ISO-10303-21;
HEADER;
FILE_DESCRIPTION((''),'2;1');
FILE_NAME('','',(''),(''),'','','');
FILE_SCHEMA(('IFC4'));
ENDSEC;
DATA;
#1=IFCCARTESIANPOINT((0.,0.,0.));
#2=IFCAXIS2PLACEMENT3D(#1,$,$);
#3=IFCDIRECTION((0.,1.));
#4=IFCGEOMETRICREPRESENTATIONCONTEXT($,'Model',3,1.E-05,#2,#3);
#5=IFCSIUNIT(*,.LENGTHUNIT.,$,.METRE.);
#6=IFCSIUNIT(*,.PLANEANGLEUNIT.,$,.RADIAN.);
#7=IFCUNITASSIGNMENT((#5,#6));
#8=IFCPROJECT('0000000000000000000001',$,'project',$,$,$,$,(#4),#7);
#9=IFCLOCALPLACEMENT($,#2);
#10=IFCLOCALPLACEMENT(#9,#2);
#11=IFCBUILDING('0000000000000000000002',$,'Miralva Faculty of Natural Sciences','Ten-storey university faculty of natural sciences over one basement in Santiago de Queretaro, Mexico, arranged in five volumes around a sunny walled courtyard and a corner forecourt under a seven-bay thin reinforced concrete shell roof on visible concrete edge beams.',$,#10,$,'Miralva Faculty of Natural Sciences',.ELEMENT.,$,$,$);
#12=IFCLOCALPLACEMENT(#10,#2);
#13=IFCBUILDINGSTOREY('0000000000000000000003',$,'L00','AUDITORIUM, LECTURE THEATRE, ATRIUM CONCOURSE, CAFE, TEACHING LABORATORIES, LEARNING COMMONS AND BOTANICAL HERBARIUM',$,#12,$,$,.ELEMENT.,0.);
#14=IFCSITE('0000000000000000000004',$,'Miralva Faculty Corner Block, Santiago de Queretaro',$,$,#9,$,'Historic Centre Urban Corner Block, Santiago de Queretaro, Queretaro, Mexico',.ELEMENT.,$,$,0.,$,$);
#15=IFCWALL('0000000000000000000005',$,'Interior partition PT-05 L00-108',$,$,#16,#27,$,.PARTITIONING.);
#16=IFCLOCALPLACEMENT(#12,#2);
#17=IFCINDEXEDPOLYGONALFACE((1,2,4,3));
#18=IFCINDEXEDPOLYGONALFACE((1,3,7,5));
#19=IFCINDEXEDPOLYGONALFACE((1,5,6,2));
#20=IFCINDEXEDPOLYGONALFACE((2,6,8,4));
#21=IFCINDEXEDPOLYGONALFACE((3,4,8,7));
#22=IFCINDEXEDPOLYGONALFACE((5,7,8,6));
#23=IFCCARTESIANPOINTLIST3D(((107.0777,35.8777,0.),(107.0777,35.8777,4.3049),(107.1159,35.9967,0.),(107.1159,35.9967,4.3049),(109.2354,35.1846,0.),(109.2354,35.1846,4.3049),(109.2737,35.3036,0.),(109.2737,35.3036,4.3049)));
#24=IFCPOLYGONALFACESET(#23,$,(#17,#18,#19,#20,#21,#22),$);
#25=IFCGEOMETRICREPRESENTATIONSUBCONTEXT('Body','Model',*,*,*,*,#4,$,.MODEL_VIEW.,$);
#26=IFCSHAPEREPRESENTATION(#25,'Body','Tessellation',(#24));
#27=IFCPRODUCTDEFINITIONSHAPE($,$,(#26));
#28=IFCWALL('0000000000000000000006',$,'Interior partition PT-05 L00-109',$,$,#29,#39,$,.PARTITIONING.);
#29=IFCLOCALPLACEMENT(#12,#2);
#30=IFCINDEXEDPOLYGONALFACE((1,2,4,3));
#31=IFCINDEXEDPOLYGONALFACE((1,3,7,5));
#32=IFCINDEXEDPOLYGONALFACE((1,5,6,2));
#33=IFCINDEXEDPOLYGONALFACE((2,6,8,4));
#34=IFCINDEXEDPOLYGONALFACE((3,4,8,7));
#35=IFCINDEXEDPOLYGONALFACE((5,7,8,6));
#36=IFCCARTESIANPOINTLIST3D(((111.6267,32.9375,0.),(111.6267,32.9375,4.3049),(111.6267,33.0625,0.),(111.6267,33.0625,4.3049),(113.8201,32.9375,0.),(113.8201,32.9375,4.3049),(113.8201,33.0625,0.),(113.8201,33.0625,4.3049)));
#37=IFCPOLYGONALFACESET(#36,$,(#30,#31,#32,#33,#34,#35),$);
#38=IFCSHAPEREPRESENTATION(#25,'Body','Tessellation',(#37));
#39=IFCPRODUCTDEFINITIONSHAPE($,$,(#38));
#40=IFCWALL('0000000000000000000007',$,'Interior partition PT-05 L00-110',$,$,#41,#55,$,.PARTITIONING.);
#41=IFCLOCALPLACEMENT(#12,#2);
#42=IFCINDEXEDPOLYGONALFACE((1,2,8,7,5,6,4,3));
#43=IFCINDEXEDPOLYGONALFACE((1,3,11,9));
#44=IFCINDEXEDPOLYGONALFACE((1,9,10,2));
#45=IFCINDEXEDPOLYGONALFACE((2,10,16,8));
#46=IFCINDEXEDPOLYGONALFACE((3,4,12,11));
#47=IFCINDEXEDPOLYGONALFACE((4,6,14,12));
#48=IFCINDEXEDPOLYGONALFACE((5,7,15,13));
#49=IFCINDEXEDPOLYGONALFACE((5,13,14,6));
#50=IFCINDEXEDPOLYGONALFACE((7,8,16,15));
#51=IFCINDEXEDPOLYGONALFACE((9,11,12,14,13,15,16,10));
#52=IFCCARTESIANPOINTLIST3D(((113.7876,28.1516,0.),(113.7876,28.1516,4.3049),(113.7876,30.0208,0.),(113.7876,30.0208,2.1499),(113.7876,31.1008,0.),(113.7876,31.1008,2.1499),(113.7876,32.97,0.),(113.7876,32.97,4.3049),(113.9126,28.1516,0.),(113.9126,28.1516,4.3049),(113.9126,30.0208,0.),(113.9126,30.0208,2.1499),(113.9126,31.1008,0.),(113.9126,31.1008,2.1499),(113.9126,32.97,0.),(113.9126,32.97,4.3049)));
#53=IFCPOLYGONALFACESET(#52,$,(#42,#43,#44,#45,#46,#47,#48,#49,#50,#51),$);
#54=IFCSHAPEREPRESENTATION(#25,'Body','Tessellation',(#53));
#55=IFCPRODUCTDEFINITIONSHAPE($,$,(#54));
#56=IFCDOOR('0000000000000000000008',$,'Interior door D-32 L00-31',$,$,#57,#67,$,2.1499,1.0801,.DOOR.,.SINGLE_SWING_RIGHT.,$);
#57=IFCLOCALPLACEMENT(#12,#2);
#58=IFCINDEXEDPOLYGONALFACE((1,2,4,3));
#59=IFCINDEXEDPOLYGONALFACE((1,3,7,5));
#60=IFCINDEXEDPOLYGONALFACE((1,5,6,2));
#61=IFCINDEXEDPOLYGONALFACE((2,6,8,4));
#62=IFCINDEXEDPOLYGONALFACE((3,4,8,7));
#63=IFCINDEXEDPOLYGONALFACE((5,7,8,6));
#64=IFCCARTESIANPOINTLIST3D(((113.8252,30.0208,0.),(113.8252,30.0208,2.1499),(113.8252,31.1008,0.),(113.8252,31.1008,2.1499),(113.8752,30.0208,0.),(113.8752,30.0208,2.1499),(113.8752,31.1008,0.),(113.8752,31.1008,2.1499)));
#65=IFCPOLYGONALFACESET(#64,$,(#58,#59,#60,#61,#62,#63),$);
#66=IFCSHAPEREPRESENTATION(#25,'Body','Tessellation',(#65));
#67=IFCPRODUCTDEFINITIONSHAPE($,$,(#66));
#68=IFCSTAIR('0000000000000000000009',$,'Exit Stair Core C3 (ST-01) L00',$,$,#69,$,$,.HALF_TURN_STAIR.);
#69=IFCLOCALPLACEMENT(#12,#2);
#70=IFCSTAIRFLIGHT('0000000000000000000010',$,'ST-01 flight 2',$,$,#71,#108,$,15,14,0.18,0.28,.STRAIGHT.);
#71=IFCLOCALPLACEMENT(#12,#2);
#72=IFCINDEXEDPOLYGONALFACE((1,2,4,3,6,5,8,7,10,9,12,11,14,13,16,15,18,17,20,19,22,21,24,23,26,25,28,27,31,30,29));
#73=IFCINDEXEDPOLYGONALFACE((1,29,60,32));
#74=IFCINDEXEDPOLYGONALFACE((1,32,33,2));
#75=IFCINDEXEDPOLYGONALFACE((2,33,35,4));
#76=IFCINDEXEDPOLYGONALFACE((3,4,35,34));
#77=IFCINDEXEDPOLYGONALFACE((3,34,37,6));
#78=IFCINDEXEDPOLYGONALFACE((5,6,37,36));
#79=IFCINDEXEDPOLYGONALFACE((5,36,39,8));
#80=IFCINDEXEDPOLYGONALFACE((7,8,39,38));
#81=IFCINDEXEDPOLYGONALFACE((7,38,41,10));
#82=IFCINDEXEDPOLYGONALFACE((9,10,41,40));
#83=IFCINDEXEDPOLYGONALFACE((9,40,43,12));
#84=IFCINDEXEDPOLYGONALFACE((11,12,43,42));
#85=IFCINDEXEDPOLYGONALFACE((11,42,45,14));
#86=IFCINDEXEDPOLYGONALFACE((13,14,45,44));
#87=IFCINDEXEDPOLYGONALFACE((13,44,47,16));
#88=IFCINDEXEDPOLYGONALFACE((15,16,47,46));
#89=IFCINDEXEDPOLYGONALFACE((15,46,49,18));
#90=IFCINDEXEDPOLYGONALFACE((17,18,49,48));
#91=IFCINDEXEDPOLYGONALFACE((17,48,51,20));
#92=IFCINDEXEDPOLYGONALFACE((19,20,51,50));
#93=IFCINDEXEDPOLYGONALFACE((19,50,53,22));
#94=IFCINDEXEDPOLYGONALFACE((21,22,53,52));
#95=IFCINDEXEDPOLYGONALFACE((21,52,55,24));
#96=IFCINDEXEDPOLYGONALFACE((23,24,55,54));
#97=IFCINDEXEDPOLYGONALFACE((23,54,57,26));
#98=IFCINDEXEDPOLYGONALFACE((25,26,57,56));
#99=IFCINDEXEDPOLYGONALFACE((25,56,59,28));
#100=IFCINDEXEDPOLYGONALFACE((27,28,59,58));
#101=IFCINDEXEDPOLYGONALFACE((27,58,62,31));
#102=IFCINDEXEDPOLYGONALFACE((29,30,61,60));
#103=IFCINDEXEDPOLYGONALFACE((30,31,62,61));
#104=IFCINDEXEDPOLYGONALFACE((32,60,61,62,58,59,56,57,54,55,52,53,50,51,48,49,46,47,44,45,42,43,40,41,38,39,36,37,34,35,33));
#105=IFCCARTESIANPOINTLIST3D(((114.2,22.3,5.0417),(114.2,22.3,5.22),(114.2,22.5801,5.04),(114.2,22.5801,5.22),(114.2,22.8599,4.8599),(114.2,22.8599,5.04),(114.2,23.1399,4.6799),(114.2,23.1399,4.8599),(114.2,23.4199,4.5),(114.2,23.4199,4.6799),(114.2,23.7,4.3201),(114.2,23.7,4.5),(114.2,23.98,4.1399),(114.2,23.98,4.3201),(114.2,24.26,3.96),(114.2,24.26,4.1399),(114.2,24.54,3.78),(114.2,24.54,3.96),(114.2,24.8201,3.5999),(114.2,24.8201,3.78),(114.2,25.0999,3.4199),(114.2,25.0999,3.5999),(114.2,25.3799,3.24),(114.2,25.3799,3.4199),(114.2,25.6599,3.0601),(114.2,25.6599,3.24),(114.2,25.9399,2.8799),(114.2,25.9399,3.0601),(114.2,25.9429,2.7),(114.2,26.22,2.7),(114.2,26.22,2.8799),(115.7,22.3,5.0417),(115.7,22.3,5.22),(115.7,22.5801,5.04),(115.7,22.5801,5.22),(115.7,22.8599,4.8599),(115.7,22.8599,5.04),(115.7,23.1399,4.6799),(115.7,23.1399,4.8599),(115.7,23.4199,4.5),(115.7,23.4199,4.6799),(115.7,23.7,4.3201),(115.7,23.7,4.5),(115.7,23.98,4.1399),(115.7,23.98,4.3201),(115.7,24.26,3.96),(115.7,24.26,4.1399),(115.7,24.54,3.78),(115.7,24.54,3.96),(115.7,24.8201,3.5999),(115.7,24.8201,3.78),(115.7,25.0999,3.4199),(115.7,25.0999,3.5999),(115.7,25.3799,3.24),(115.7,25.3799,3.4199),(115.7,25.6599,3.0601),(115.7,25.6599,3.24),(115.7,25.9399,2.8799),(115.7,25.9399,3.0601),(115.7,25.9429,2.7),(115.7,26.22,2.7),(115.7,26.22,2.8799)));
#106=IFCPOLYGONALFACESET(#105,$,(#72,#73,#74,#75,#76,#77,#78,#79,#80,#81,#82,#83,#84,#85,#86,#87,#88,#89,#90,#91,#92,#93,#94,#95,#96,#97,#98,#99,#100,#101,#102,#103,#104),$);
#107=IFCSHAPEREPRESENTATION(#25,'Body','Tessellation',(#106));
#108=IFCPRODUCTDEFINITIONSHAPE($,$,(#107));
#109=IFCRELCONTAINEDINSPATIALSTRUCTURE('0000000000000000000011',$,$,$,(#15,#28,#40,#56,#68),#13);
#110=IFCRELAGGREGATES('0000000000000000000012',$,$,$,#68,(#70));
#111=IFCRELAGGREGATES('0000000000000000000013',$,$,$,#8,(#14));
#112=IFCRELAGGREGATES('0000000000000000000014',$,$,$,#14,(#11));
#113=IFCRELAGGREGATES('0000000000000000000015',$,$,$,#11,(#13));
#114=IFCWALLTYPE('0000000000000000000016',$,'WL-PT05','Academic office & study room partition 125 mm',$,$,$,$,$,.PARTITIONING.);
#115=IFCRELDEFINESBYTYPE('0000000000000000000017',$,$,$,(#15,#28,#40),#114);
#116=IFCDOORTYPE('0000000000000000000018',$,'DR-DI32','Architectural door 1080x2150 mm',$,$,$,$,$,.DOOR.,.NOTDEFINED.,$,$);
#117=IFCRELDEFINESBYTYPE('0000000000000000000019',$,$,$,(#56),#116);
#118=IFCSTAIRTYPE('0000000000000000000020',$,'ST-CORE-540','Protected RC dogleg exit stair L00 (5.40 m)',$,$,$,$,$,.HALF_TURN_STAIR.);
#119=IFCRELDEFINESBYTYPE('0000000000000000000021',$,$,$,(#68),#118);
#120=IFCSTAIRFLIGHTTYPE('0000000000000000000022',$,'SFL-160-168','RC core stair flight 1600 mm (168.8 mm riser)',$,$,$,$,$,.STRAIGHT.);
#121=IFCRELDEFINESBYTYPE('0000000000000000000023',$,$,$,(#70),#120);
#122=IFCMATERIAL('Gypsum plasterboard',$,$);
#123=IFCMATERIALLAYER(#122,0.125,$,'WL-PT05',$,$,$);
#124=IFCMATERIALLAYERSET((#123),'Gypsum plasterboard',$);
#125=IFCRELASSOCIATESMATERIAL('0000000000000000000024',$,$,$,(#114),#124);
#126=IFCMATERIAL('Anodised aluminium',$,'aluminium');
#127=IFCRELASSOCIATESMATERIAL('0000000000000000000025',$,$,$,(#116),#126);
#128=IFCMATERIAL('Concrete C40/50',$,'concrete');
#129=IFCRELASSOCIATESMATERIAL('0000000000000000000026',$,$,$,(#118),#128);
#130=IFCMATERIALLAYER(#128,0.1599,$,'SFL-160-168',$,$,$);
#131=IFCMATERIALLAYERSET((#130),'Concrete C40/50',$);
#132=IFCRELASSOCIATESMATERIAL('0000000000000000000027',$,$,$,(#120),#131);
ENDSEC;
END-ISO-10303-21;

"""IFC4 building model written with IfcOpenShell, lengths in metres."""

from ifc_helpers import new_model, si_unit, direction, frame, frame_2d, origin, place, context, subcontext, project, spatial, polyline, rectangle, outline, extrude, material, layer, layer_set, type_object, element, fill, aggregate, save


model = new_model("IFC4")

# Units and contexts
model_context = context("Model", 3, precision=1e-05, world=origin(), true_north=direction((0.0, 1.0)))
body_context = subcontext(model_context, "Body", "Model", "MODEL_VIEW")
ifc_project = project(units=[si_unit("LENGTHUNIT", "METRE"), si_unit("PLANEANGLEUNIT", "RADIAN")], contexts=[model_context])

# Site, building, storey
site_placement = place(None, origin())
site = spatial("IfcSite", under=ifc_project, at=site_placement, Name="Miralva Faculty Corner Block, Santiago de Queretaro", LongName="Historic Centre Urban Corner Block, Santiago de Queretaro, Queretaro, Mexico", CompositionType="ELEMENT", RefElevation=0.0)
building_placement = place(site_placement, origin())
building = spatial("IfcBuilding", under=site, at=building_placement, Name="Miralva Faculty of Natural Sciences", Description="Ten-storey university faculty of natural sciences over one basement in Santiago de Queretaro, Mexico, arranged in five volumes around a sunny walled courtyard and a corner forecourt under a seven-bay thin reinforced concrete shell roof on visible concrete edge beams.", LongName="Miralva Faculty of Natural Sciences", CompositionType="ELEMENT")
storey_placement = place(building_placement, origin())
storey = spatial("IfcBuildingStorey", under=building, at=storey_placement, Name="L00", Description="AUDITORIUM, LECTURE THEATRE, ATRIUM CONCOURSE, CAFE, TEACHING LABORATORIES, LEARNING COMMONS AND BOTANICAL HERBARIUM", CompositionType="ELEMENT", Elevation=0.0)

# Shared definitions
ifc_material_1 = material(Name="Concrete C40/50", Category="concrete")

# Shared definitions
ifc_material_2 = material(Name="Anodised aluminium", Category="aluminium")

# Walls
ifc_material_3 = material(Name="Gypsum plasterboard")
ifc_layer_1 = layer(ifc_material_3, 0.125, Name="WL-PT05")
ifc_layer_set_1 = layer_set([ifc_layer_1], Name="Gypsum plasterboard")
wall_type_1 = type_object("IfcWallType", Name="WL-PT05", Description="Academic office & study room partition 125 mm", PredefinedType="PARTITIONING", material=ifc_layer_set_1)
wall_1_placement = place(storey_placement, frame((107.0967, 35.9373, 0.0), z_axis=(0.0, 0.0, 1.0), x_axis=(0.952085, -0.305835, 0.0)))
element("IfcWall", 1, at=wall_1_placement, inside=storey, type_object=wall_type_1, Name="Interior partition PT-05 L00-108", PredefinedType="PARTITIONING", context=body_context, shape_type="SweptSolid", body=[
    extrude(rectangle(XDim=2.2664, YDim=0.125, at=frame_2d((1.1333, 0.0))), origin(), (0.0, 0.0, 1.0), 4.3049),
])
wall_2_placement = place(storey_placement, frame((111.6267, 33.0, 0.0), z_axis=(0.0, 0.0, 1.0), x_axis=(1.0, 0.0, 0.0)))
element("IfcWall", 2, at=wall_2_placement, inside=storey, type_object=wall_type_1, Name="Interior partition PT-05 L00-109", PredefinedType="PARTITIONING", context=body_context, shape_type="SweptSolid", body=[
    extrude(rectangle(XDim=2.1934, YDim=0.125, at=frame_2d((1.0967, 0.0))), origin(), (0.0, 0.0, 1.0), 4.3049),
])

# Wall, opening, door
wall_3_placement = place(storey_placement, frame((113.8501, 28.1516, 0.0), z_axis=(0.0, 0.0, 1.0), x_axis=(0.0, 1.0, 0.0)))
wall_3 = element("IfcWall", 3, at=wall_3_placement, inside=storey, type_object=wall_type_1, Name="Interior partition PT-05 L00-110", PredefinedType="PARTITIONING", context=body_context, shape_type="SweptSolid", body=[
    extrude(rectangle(XDim=4.8184, YDim=0.125, at=frame_2d((2.4092, 0.0))), origin(), (0.0, 0.0, 1.0), 4.3049),
])
opening_1_placement = place(wall_3_placement, frame((1.8691, 0.0, 0.0)))
opening_1 = element("IfcOpeningElement", 4, at=opening_1_placement, cuts=wall_3, PredefinedType="OPENING", context=body_context, shape_type="SweptSolid", body=[
    extrude(rectangle(XDim=1.0801, YDim=2.1499, at=frame_2d((0.54, 1.075))), frame((0.0, 0.0725, 0.0), z_axis=(0.0, -1.0, 0.0), x_axis=(1.0, 0.0, 0.0)), (0.0, 0.0, 1.0), 0.145),
])
door_type_1 = type_object("IfcDoorType", Name="DR-DI32", Description="Architectural door 1080x2150 mm", OperationType="NOTDEFINED", PredefinedType="DOOR", material=ifc_material_2)
door_1_placement = place(opening_1_placement, origin())
door_1 = element("IfcDoor", 5, at=door_1_placement, inside=storey, type_object=door_type_1, Name="Interior door D-32 L00-31", OperationType="SINGLE_SWING_RIGHT", OverallHeight=2.1499, OverallWidth=1.0801, PredefinedType="DOOR", context=body_context, shape_type="SweptSolid", body=[
    extrude(rectangle(XDim=1.0801, YDim=2.1499, at=frame_2d((0.54, 1.075))), frame((0.0, 0.0249, 0.0), z_axis=(0.0, -1.0, 0.0), x_axis=(1.0, 0.0, 0.0)), (0.0, 0.0, 1.0), 0.05),
])
fill(opening_1, door_1)

# Stair, stair flight
stair_type = type_object("IfcStairType", Name="ST-CORE-540", Description="Protected RC dogleg exit stair L00 (5.40 m)", PredefinedType="HALF_TURN_STAIR", material=ifc_material_1)
stair_placement = place(storey_placement, origin())
stair = element("IfcStair", 6, at=stair_placement, inside=storey, type_object=stair_type, Name="Exit Stair Core C3 (ST-01) L00", PredefinedType="HALF_TURN_STAIR")
ifc_layer_2 = layer(ifc_material_1, 0.1599, Name="SFL-160-168")
ifc_layer_set_2 = layer_set([ifc_layer_2], Name="Concrete C40/50")
stair_flight_type = type_object("IfcStairFlightType", Name="SFL-160-168", Description="RC core stair flight 1600 mm (168.8 mm riser)", PredefinedType="STRAIGHT", material=ifc_layer_set_2)
stair_flight_placement = place(storey_placement, frame((114.95, 26.22, 2.7), z_axis=(0.0, 0.0, 1.0), x_axis=(0.0, -1.0, 0.0)))
stair_flight = element("IfcStairFlight", 7, at=stair_flight_placement, type_object=stair_flight_type, Name="ST-01 flight 2", NumberOfRisers=15, NumberOfTreads=14, PredefinedType="STRAIGHT", RiserHeight=0.18, TreadLength=0.28, context=body_context, shape_type="SweptSolid", body=[
    extrude(outline(polyline([(0.0, 0.0), (0.0, 0.1799), (0.28, 0.1799), (0.28, 0.3601), (0.5601, 0.3601), (0.5601, 0.54), (0.8401, 0.54), (0.8401, 0.72), (1.1201, 0.72), (1.1201, 0.8999), (1.3999, 0.8999), (1.3999, 1.0801), (1.6799, 1.0801), (1.6799, 1.26), (1.96, 1.26), (1.96, 1.4399), (2.24, 1.4399), (2.24, 1.6201), (2.52, 1.6201), (2.52, 1.8), (2.8, 1.8), (2.8, 1.98), (3.0801, 1.98), (3.0801, 2.1599), (3.3601, 2.1599), (3.3601, 2.3401), (3.6399, 2.3401), (3.6399, 2.52), (3.9199, 2.52), (3.9199, 2.7), (3.9199, 2.3418), (0.2771, 0.0), (0.0, 0.0)])), frame((0.0, 0.75, 0.0), z_axis=(0.0, -1.0, 0.0), x_axis=(1.0, 0.0, 0.0)), (0.0, 0.0, 1.0), 1.5),
])
aggregate(stair, [stair_flight])

save(model, "model.ifc")
